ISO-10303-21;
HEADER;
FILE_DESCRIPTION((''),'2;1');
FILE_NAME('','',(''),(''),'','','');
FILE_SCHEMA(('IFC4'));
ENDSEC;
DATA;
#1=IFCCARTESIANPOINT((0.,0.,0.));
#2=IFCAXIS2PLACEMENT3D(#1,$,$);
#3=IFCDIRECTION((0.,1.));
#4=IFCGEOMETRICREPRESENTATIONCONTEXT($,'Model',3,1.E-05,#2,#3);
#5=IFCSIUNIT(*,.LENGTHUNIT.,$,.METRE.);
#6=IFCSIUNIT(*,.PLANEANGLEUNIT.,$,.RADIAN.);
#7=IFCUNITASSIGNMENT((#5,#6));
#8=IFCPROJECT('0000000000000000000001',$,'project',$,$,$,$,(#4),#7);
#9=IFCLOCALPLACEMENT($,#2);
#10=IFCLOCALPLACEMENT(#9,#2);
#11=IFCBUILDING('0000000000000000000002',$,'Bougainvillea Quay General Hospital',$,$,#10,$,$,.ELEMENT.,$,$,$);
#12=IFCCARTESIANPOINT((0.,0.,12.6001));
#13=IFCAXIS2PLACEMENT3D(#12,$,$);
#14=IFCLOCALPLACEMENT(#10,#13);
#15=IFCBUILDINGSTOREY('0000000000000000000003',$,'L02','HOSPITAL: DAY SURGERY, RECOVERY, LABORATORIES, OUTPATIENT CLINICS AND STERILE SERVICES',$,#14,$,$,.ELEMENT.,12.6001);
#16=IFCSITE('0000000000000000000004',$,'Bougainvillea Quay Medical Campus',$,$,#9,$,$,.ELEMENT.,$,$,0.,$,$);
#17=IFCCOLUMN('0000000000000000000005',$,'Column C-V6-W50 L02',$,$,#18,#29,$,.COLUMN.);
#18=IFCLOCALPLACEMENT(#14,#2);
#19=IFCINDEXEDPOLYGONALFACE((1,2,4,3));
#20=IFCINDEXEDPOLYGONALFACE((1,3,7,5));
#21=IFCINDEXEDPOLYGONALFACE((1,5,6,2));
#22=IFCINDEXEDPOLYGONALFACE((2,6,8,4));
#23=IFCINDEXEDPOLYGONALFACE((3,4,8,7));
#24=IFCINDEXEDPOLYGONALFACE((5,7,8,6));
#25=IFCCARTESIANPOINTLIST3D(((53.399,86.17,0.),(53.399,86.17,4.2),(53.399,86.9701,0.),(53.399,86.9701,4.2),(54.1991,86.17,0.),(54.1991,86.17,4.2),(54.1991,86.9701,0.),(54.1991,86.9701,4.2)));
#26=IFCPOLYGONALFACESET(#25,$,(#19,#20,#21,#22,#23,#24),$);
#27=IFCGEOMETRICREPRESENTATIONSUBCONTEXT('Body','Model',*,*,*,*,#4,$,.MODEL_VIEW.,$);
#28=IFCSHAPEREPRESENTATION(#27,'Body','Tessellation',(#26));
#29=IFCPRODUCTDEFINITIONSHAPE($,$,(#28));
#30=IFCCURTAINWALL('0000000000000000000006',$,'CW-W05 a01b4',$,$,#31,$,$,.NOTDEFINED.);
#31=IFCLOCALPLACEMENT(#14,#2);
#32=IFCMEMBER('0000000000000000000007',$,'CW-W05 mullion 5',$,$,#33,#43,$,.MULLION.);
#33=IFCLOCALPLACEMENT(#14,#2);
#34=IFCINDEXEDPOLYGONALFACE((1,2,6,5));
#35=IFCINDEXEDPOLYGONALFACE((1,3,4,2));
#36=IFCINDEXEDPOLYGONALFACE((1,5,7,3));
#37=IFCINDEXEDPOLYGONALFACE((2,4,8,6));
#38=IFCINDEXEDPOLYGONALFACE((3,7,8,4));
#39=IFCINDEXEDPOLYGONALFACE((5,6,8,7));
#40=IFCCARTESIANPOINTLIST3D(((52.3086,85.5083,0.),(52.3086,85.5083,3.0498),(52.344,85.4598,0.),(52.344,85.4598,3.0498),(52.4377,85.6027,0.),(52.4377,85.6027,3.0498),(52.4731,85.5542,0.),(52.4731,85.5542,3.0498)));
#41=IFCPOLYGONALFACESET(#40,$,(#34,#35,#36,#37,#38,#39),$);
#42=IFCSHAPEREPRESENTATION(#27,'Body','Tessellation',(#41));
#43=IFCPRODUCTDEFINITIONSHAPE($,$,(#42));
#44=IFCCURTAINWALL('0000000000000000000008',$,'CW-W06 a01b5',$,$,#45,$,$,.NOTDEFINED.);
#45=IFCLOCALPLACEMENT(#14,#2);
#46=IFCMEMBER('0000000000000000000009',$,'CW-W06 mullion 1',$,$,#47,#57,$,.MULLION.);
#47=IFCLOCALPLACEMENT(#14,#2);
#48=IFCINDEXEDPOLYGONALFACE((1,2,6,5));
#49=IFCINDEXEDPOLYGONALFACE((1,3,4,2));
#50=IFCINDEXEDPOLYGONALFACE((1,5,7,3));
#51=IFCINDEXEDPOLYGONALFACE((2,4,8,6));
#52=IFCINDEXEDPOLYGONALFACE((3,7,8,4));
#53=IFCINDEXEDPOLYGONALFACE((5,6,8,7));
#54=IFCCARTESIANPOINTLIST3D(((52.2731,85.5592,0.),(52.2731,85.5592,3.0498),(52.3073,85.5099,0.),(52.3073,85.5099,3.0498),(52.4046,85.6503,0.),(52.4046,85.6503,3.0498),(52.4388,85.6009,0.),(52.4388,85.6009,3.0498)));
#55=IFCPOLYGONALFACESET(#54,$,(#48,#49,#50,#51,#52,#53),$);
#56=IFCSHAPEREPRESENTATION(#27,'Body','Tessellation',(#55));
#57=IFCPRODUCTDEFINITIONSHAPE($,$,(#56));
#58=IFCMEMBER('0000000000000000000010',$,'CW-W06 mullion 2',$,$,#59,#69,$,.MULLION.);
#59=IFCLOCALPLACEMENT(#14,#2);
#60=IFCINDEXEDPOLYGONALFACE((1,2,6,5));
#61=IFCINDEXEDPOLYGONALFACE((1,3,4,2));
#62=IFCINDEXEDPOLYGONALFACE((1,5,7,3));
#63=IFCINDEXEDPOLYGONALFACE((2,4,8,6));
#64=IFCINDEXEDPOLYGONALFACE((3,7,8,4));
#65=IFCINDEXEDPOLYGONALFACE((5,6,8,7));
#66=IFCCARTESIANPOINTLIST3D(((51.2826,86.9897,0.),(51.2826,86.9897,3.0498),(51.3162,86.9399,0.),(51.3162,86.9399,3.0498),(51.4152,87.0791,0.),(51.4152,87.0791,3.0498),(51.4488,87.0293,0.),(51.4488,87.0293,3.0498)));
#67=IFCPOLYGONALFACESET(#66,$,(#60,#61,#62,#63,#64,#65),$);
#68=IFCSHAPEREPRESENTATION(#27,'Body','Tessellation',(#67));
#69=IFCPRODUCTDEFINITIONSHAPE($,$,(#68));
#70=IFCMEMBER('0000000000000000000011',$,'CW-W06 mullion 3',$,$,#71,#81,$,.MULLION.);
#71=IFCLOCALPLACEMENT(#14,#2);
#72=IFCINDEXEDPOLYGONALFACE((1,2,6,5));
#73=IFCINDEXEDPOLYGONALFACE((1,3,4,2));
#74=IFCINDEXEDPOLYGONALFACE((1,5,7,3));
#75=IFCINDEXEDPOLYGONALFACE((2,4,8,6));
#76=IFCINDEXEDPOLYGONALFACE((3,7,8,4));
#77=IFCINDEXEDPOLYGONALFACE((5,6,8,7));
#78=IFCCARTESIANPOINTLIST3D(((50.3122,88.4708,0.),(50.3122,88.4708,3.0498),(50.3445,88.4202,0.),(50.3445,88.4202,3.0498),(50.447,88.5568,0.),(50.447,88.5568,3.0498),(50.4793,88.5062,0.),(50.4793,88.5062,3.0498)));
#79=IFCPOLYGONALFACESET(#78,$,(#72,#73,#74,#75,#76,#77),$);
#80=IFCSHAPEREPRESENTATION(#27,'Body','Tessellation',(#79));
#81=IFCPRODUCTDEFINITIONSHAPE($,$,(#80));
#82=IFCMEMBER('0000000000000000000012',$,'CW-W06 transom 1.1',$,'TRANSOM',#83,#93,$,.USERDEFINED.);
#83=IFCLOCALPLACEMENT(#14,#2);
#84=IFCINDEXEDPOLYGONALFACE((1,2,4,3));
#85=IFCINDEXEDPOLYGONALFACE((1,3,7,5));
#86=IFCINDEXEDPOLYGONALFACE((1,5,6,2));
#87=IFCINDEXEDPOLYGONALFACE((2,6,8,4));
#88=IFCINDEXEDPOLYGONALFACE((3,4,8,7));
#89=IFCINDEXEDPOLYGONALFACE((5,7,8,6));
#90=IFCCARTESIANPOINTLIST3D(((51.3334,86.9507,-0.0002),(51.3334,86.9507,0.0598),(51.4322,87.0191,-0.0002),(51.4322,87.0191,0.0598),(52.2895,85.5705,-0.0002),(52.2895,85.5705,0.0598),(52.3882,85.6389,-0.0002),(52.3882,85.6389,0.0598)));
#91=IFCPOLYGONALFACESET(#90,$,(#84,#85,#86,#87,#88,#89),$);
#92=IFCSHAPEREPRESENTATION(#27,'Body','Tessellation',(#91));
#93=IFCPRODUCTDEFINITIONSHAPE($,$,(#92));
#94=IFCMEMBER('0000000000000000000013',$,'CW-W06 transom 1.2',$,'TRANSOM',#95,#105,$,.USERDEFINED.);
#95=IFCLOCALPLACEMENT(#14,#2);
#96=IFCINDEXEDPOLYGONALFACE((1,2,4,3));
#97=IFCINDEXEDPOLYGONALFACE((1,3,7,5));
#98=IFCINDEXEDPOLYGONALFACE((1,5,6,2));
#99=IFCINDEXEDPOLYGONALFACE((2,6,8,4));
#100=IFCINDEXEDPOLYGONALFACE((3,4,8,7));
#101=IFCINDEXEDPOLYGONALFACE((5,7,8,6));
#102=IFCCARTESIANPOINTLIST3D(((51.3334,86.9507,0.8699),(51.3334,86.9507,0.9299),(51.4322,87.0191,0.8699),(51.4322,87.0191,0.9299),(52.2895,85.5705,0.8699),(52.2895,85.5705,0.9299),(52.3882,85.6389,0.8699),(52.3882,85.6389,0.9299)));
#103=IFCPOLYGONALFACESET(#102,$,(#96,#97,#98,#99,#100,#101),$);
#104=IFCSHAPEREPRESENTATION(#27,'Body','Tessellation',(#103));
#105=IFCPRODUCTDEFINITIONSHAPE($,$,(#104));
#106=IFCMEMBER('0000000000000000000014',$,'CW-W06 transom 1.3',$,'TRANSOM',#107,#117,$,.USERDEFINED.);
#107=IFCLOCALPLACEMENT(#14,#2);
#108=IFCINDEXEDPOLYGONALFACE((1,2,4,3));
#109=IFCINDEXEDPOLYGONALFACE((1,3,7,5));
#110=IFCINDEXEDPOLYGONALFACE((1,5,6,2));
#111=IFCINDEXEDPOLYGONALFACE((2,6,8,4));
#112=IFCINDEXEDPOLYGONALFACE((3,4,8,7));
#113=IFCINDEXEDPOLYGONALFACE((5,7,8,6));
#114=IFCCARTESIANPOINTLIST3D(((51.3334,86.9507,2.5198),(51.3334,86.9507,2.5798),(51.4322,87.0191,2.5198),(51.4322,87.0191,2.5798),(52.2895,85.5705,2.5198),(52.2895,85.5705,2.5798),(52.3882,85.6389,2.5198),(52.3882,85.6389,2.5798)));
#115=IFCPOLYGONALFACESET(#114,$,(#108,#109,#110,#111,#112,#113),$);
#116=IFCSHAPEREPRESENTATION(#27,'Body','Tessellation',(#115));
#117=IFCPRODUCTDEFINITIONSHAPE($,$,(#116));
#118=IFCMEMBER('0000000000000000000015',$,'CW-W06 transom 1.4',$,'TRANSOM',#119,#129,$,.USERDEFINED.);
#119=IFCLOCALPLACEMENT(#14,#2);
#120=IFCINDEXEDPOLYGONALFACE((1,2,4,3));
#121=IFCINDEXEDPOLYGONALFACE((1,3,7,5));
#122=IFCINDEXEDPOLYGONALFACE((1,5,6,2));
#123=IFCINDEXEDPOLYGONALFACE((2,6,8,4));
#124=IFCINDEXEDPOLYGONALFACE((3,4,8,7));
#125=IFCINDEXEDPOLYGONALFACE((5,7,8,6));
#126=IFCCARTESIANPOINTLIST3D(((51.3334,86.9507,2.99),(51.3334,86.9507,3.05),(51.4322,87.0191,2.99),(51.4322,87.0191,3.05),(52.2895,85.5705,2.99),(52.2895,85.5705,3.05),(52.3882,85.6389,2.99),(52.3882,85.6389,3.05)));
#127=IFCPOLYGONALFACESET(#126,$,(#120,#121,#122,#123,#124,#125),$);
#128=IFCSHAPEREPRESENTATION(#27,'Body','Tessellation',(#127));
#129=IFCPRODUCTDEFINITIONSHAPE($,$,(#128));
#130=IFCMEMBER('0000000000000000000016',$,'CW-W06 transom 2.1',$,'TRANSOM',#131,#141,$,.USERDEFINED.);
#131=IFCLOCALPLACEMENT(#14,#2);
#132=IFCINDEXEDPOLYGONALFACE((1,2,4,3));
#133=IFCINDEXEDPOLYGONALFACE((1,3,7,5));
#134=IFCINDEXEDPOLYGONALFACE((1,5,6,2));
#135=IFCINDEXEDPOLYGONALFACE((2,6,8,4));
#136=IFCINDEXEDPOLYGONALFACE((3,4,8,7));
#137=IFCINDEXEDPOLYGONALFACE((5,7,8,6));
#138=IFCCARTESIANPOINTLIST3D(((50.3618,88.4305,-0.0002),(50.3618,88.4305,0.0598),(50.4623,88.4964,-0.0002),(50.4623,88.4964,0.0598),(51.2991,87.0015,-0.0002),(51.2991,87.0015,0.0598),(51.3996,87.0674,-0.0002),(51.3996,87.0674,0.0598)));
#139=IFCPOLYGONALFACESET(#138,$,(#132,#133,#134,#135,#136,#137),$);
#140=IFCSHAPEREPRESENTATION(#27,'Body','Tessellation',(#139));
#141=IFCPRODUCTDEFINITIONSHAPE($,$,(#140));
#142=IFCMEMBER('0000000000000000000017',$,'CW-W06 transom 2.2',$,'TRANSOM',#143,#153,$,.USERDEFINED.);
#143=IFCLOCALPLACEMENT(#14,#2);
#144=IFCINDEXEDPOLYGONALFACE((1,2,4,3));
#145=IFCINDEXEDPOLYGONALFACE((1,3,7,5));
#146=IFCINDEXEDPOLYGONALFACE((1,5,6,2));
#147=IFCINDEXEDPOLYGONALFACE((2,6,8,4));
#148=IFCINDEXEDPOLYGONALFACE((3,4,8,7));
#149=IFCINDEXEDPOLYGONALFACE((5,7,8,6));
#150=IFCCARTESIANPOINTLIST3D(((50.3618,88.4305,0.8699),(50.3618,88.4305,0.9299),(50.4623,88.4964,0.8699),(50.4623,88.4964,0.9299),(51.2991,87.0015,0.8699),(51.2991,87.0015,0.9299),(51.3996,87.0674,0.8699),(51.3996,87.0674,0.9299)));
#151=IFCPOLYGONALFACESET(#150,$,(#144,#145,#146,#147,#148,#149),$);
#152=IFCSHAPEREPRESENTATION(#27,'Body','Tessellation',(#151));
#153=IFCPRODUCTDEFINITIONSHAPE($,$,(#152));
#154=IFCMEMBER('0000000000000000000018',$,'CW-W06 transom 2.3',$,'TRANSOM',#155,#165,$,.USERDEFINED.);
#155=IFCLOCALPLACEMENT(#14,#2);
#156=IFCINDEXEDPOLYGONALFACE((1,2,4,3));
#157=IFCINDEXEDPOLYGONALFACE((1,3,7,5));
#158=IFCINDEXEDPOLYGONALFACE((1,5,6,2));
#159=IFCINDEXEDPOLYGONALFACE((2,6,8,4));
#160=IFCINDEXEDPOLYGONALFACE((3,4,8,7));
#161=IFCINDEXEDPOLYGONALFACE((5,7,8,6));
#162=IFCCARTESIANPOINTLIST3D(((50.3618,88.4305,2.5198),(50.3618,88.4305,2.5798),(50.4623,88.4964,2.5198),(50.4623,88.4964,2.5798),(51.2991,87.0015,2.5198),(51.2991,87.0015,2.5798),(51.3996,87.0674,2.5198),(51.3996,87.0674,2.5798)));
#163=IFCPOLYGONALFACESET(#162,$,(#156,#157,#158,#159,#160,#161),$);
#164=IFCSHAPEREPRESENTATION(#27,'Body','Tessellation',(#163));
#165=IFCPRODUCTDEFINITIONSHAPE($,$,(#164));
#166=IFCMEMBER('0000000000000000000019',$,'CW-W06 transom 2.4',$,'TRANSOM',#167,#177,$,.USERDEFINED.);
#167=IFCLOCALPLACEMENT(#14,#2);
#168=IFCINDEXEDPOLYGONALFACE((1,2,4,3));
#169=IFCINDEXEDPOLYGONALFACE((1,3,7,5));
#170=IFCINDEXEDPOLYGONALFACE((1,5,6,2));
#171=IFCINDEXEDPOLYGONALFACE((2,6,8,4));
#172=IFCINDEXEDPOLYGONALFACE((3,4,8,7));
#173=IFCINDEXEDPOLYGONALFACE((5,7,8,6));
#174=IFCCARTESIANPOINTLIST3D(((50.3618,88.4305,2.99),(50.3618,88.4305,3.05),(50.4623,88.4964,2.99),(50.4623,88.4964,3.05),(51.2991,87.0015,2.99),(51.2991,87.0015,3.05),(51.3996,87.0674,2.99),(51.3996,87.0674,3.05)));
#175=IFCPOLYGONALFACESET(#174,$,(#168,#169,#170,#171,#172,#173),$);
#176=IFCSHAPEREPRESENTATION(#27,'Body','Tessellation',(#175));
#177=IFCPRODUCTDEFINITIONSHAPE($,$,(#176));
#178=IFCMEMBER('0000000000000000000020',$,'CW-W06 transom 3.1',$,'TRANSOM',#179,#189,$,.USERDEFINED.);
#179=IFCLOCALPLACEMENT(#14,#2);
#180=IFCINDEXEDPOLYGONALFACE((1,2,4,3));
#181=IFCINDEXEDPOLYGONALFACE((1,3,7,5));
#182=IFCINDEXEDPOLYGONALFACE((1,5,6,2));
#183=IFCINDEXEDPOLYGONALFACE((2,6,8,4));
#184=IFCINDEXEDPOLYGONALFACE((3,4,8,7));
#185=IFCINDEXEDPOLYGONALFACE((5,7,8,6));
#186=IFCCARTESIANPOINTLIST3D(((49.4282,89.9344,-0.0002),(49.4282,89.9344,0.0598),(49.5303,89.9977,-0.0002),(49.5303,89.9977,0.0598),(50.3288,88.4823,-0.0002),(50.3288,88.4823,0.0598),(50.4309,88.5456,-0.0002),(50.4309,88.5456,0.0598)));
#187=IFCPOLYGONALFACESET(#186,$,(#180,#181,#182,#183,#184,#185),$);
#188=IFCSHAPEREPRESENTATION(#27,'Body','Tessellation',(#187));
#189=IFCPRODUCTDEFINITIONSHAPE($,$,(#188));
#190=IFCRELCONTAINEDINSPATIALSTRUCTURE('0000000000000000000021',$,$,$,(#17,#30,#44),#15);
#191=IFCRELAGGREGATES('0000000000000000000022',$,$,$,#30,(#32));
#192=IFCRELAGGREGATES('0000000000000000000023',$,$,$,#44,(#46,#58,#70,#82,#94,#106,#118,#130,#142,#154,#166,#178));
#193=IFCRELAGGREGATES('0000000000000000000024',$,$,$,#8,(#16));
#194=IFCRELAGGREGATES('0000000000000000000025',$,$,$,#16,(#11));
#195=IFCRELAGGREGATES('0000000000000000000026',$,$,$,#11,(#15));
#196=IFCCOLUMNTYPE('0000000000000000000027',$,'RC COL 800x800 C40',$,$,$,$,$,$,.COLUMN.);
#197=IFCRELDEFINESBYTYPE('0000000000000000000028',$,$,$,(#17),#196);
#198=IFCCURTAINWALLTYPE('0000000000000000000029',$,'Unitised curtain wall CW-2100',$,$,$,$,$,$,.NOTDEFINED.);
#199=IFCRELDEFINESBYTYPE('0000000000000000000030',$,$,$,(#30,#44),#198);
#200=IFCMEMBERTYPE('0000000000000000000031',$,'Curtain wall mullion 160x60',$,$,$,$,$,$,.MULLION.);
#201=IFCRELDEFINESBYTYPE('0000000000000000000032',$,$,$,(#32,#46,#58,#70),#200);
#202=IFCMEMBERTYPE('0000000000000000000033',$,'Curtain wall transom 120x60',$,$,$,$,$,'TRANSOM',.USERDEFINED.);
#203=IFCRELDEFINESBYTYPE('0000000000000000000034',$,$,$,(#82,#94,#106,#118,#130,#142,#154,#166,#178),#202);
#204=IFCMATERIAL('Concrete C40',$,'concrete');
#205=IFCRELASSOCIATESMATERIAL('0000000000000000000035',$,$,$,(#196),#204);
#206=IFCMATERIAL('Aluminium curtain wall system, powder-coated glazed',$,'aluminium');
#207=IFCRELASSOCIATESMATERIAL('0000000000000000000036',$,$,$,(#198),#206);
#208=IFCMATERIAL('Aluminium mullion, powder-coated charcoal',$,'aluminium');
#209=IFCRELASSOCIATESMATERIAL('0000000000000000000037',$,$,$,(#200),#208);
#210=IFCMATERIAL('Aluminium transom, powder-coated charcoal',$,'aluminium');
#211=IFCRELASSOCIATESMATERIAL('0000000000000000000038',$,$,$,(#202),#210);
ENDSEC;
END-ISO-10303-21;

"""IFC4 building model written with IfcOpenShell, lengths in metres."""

from ifc_helpers import new_model, si_unit, direction, frame, origin, origin_2d, place, context, subcontext, project, spatial, rectangle, extrude, material, material_profile, profile_set, type_object, element, aggregate, save


model = new_model("IFC4")

# Units and contexts
model_context = context("Model", 3, precision=1e-05, world=origin(), true_north=direction((0.0, 1.0)))
body_context = subcontext(model_context, "Body", "Model", "MODEL_VIEW")
ifc_project = project(units=[si_unit("LENGTHUNIT", "METRE"), si_unit("PLANEANGLEUNIT", "RADIAN")], contexts=[model_context])

# Site, building, storey
site_placement = place(None, origin())
site = spatial("IfcSite", under=ifc_project, at=site_placement, Name="Bougainvillea Quay Medical Campus", CompositionType="ELEMENT", RefElevation=0.0)
building_placement = place(site_placement, origin())
building = spatial("IfcBuilding", under=site, at=building_placement, Name="Bougainvillea Quay General Hospital", CompositionType="ELEMENT")
storey_placement = place(building_placement, frame((0.0, 0.0, 12.6001)))
storey = spatial("IfcBuildingStorey", under=building, at=storey_placement, Name="L02", Description="HOSPITAL: DAY SURGERY, RECOVERY, LABORATORIES, OUTPATIENT CLINICS AND STERILE SERVICES", CompositionType="ELEMENT", Elevation=12.6001)

# Column
ifc_material_1 = material(Name="Concrete C40", Category="concrete")
ifc_material_profile_1 = material_profile(ifc_material_1, rectangle(XDim=0.8, YDim=0.8, at=origin_2d()))
ifc_profile_set_1 = profile_set([ifc_material_profile_1], Name="Concrete C40")
column_type = type_object("IfcColumnType", Name="RC COL 800x800 C40", PredefinedType="COLUMN", material=ifc_profile_set_1)
column_placement = place(storey_placement, frame((53.7991, 86.5701, 0.0), z_axis=(0.0, 0.0, 1.0), x_axis=(1.0, 0.0, 0.0)))
element("IfcColumn", 1, at=column_placement, inside=storey, type_object=column_type, Name="Column C-V6-W50 L02", PredefinedType="COLUMN", context=body_context, shape_type="SweptSolid", body=[
    extrude(rectangle(XDim=0.8, YDim=0.8, at=origin_2d()), origin(), (0.0, 0.0, 1.0), 4.2),
])

# Curtain wall, member
ifc_material_2 = material(Name="Aluminium curtain wall system, powder-coated glazed", Category="aluminium")
curtain_wall_type = type_object("IfcCurtainWallType", Name="Unitised curtain wall CW-2100", PredefinedType="NOTDEFINED", material=ifc_material_2)
curtain_wall_1_placement = place(storey_placement, origin())
curtain_wall_1 = element("IfcCurtainWall", 2, at=curtain_wall_1_placement, inside=storey, type_object=curtain_wall_type, Name="CW-W05 a01b4", PredefinedType="NOTDEFINED")
ifc_material_3 = material(Name="Aluminium mullion, powder-coated charcoal", Category="aluminium")
ifc_material_profile_2 = material_profile(ifc_material_3, rectangle(XDim=0.1599, YDim=0.0601, at=origin_2d()))
ifc_profile_set_2 = profile_set([ifc_material_profile_2], Name="Aluminium mullion, powder-coated charcoal")
member_type_1 = type_object("IfcMemberType", Name="Curtain wall mullion 160x60", PredefinedType="MULLION", material=ifc_profile_set_2)
member_1_placement = place(storey_placement, frame((52.3909, 85.5312, 0.0), z_axis=(0.0, 0.0, 1.0), x_axis=(-0.807305, -0.590134, 0.0)))
member_1 = element("IfcMember", 3, at=member_1_placement, type_object=member_type_1, Name="CW-W05 mullion 5", PredefinedType="MULLION", context=body_context, shape_type="SweptSolid", body=[
    extrude(rectangle(XDim=0.1599, YDim=0.0601, at=origin_2d()), origin(), (0.0, 0.0, 1.0), 3.0498),
])
aggregate(curtain_wall_1, [member_1])

# Curtain wall, members
curtain_wall_2_placement = place(storey_placement, origin())
curtain_wall_2 = element("IfcCurtainWall", 4, at=curtain_wall_2_placement, inside=storey, type_object=curtain_wall_type, Name="CW-W06 a01b5", PredefinedType="NOTDEFINED")
member_2_placement = place(storey_placement, frame((52.356, 85.5801, 0.0), z_axis=(0.0, 0.0, 1.0), x_axis=(-0.82201, -0.569473, 0.0)))
member_2 = element("IfcMember", 5, at=member_2_placement, type_object=member_type_1, Name="CW-W06 mullion 1", PredefinedType="MULLION", context=body_context, shape_type="SweptSolid", body=[
    extrude(rectangle(XDim=0.1599, YDim=0.0601, at=origin_2d()), origin(), (0.0, 0.0, 1.0), 3.0498),
])
member_3_placement = place(storey_placement, frame((51.3657, 87.0095, 0.0), z_axis=(0.0, 0.0, 1.0), x_axis=(-0.829164, -0.559005, 0.0)))
member_3 = element("IfcMember", 6, at=member_3_placement, type_object=member_type_1, Name="CW-W06 mullion 2", PredefinedType="MULLION", context=body_context, shape_type="SweptSolid", body=[
    extrude(rectangle(XDim=0.1599, YDim=0.0601, at=origin_2d()), origin(), (0.0, 0.0, 1.0), 3.0498),
])
member_4_placement = place(storey_placement, frame((50.3958, 88.4885, 0.0), z_axis=(0.0, 0.0, 1.0), x_axis=(-0.843072, -0.5378, 0.0)))
member_4 = element("IfcMember", 7, at=member_4_placement, type_object=member_type_1, Name="CW-W06 mullion 3", PredefinedType="MULLION", context=body_context, shape_type="SweptSolid", body=[
    extrude(rectangle(XDim=0.1599, YDim=0.0601, at=origin_2d()), origin(), (0.0, 0.0, 1.0), 3.0498),
])
ifc_material_4 = material(Name="Aluminium transom, powder-coated charcoal", Category="aluminium")
ifc_material_profile_3 = material_profile(ifc_material_4, rectangle(XDim=0.1201, YDim=0.0601, at=origin_2d()))
ifc_profile_set_3 = profile_set([ifc_material_profile_3], Name="Aluminium transom, powder-coated charcoal")
member_type_2 = type_object("IfcMemberType", Name="Curtain wall transom 120x60", ElementType="TRANSOM", PredefinedType="USERDEFINED", material=ifc_profile_set_3)
member_5_placement = place(storey_placement, frame((52.3389, 85.6047, 0.0298), z_axis=(-0.569444, 0.82203, 0.0), x_axis=(-0.82203, -0.569444, 0.0)))
member_5 = element("IfcMember", 8, at=member_5_placement, type_object=member_type_2, Name="CW-W06 transom 1.1", ObjectType="TRANSOM", PredefinedType="USERDEFINED", context=body_context, shape_type="SweptSolid", body=[
    extrude(rectangle(XDim=0.1201, YDim=0.0601, at=origin_2d()), origin(), (0.0, 0.0, 1.0), 1.679),
])
member_6_placement = place(storey_placement, frame((52.3389, 85.6047, 0.8999), z_axis=(-0.569444, 0.82203, 0.0), x_axis=(-0.82203, -0.569444, 0.0)))
member_6 = element("IfcMember", 9, at=member_6_placement, type_object=member_type_2, Name="CW-W06 transom 1.2", ObjectType="TRANSOM", PredefinedType="USERDEFINED", context=body_context, shape_type="SweptSolid", body=[
    extrude(rectangle(XDim=0.1201, YDim=0.0601, at=origin_2d()), origin(), (0.0, 0.0, 1.0), 1.679),
])
member_7_placement = place(storey_placement, frame((52.3389, 85.6047, 2.5498), z_axis=(-0.569444, 0.82203, 0.0), x_axis=(-0.82203, -0.569444, 0.0)))
member_7 = element("IfcMember", 10, at=member_7_placement, type_object=member_type_2, Name="CW-W06 transom 1.3", ObjectType="TRANSOM", PredefinedType="USERDEFINED", context=body_context, shape_type="SweptSolid", body=[
    extrude(rectangle(XDim=0.1201, YDim=0.0601, at=origin_2d()), origin(), (0.0, 0.0, 1.0), 1.679),
])
member_8_placement = place(storey_placement, frame((52.3389, 85.6047, 3.02), z_axis=(-0.569444, 0.82203, 0.0), x_axis=(-0.82203, -0.569444, 0.0)))
member_8 = element("IfcMember", 11, at=member_8_placement, type_object=member_type_2, Name="CW-W06 transom 1.4", ObjectType="TRANSOM", PredefinedType="USERDEFINED", context=body_context, shape_type="SweptSolid", body=[
    extrude(rectangle(XDim=0.1201, YDim=0.0601, at=origin_2d()), origin(), (0.0, 0.0, 1.0), 1.679),
])
member_9_placement = place(storey_placement, frame((51.3494, 87.0344, 0.0298), z_axis=(-0.548454, 0.836181, 0.0), x_axis=(-0.836181, -0.548454, 0.0)))
member_9 = element("IfcMember", 12, at=member_9_placement, type_object=member_type_2, Name="CW-W06 transom 2.1", ObjectType="TRANSOM", PredefinedType="USERDEFINED", context=body_context, shape_type="SweptSolid", body=[
    extrude(rectangle(XDim=0.1201, YDim=0.0601, at=origin_2d()), origin(), (0.0, 0.0, 1.0), 1.709),
])
member_10_placement = place(storey_placement, frame((51.3494, 87.0344, 0.8999), z_axis=(-0.548454, 0.836181, 0.0), x_axis=(-0.836181, -0.548454, 0.0)))
member_10 = element("IfcMember", 13, at=member_10_placement, type_object=member_type_2, Name="CW-W06 transom 2.2", ObjectType="TRANSOM", PredefinedType="USERDEFINED", context=body_context, shape_type="SweptSolid", body=[
    extrude(rectangle(XDim=0.1201, YDim=0.0601, at=origin_2d()), origin(), (0.0, 0.0, 1.0), 1.709),
])
member_11_placement = place(storey_placement, frame((51.3494, 87.0344, 2.5498), z_axis=(-0.548454, 0.836181, 0.0), x_axis=(-0.836181, -0.548454, 0.0)))
member_11 = element("IfcMember", 14, at=member_11_placement, type_object=member_type_2, Name="CW-W06 transom 2.3", ObjectType="TRANSOM", PredefinedType="USERDEFINED", context=body_context, shape_type="SweptSolid", body=[
    extrude(rectangle(XDim=0.1201, YDim=0.0601, at=origin_2d()), origin(), (0.0, 0.0, 1.0), 1.709),
])
member_12_placement = place(storey_placement, frame((51.3494, 87.0344, 3.02), z_axis=(-0.548454, 0.836181, 0.0), x_axis=(-0.836181, -0.548454, 0.0)))
member_12 = element("IfcMember", 15, at=member_12_placement, type_object=member_type_2, Name="CW-W06 transom 2.4", ObjectType="TRANSOM", PredefinedType="USERDEFINED", context=body_context, shape_type="SweptSolid", body=[
    extrude(rectangle(XDim=0.1201, YDim=0.0601, at=origin_2d()), origin(), (0.0, 0.0, 1.0), 1.709),
])
member_13_placement = place(storey_placement, frame((50.3799, 88.5139, 0.0298), z_axis=(-0.527068, 0.849823, 0.0), x_axis=(-0.849823, -0.527068, 0.0)))
member_13 = element("IfcMember", 16, at=member_13_placement, type_object=member_type_2, Name="CW-W06 transom 3.1", ObjectType="TRANSOM", PredefinedType="USERDEFINED", context=body_context, shape_type="SweptSolid", body=[
    extrude(rectangle(XDim=0.1201, YDim=0.0601, at=origin_2d()), origin(), (0.0, 0.0, 1.0), 1.7087),
])
aggregate(curtain_wall_2, [member_2, member_3, member_4, member_5, member_6, member_7, member_8, member_9, member_10, member_11, member_12, member_13])

save(model, "model.ifc")
